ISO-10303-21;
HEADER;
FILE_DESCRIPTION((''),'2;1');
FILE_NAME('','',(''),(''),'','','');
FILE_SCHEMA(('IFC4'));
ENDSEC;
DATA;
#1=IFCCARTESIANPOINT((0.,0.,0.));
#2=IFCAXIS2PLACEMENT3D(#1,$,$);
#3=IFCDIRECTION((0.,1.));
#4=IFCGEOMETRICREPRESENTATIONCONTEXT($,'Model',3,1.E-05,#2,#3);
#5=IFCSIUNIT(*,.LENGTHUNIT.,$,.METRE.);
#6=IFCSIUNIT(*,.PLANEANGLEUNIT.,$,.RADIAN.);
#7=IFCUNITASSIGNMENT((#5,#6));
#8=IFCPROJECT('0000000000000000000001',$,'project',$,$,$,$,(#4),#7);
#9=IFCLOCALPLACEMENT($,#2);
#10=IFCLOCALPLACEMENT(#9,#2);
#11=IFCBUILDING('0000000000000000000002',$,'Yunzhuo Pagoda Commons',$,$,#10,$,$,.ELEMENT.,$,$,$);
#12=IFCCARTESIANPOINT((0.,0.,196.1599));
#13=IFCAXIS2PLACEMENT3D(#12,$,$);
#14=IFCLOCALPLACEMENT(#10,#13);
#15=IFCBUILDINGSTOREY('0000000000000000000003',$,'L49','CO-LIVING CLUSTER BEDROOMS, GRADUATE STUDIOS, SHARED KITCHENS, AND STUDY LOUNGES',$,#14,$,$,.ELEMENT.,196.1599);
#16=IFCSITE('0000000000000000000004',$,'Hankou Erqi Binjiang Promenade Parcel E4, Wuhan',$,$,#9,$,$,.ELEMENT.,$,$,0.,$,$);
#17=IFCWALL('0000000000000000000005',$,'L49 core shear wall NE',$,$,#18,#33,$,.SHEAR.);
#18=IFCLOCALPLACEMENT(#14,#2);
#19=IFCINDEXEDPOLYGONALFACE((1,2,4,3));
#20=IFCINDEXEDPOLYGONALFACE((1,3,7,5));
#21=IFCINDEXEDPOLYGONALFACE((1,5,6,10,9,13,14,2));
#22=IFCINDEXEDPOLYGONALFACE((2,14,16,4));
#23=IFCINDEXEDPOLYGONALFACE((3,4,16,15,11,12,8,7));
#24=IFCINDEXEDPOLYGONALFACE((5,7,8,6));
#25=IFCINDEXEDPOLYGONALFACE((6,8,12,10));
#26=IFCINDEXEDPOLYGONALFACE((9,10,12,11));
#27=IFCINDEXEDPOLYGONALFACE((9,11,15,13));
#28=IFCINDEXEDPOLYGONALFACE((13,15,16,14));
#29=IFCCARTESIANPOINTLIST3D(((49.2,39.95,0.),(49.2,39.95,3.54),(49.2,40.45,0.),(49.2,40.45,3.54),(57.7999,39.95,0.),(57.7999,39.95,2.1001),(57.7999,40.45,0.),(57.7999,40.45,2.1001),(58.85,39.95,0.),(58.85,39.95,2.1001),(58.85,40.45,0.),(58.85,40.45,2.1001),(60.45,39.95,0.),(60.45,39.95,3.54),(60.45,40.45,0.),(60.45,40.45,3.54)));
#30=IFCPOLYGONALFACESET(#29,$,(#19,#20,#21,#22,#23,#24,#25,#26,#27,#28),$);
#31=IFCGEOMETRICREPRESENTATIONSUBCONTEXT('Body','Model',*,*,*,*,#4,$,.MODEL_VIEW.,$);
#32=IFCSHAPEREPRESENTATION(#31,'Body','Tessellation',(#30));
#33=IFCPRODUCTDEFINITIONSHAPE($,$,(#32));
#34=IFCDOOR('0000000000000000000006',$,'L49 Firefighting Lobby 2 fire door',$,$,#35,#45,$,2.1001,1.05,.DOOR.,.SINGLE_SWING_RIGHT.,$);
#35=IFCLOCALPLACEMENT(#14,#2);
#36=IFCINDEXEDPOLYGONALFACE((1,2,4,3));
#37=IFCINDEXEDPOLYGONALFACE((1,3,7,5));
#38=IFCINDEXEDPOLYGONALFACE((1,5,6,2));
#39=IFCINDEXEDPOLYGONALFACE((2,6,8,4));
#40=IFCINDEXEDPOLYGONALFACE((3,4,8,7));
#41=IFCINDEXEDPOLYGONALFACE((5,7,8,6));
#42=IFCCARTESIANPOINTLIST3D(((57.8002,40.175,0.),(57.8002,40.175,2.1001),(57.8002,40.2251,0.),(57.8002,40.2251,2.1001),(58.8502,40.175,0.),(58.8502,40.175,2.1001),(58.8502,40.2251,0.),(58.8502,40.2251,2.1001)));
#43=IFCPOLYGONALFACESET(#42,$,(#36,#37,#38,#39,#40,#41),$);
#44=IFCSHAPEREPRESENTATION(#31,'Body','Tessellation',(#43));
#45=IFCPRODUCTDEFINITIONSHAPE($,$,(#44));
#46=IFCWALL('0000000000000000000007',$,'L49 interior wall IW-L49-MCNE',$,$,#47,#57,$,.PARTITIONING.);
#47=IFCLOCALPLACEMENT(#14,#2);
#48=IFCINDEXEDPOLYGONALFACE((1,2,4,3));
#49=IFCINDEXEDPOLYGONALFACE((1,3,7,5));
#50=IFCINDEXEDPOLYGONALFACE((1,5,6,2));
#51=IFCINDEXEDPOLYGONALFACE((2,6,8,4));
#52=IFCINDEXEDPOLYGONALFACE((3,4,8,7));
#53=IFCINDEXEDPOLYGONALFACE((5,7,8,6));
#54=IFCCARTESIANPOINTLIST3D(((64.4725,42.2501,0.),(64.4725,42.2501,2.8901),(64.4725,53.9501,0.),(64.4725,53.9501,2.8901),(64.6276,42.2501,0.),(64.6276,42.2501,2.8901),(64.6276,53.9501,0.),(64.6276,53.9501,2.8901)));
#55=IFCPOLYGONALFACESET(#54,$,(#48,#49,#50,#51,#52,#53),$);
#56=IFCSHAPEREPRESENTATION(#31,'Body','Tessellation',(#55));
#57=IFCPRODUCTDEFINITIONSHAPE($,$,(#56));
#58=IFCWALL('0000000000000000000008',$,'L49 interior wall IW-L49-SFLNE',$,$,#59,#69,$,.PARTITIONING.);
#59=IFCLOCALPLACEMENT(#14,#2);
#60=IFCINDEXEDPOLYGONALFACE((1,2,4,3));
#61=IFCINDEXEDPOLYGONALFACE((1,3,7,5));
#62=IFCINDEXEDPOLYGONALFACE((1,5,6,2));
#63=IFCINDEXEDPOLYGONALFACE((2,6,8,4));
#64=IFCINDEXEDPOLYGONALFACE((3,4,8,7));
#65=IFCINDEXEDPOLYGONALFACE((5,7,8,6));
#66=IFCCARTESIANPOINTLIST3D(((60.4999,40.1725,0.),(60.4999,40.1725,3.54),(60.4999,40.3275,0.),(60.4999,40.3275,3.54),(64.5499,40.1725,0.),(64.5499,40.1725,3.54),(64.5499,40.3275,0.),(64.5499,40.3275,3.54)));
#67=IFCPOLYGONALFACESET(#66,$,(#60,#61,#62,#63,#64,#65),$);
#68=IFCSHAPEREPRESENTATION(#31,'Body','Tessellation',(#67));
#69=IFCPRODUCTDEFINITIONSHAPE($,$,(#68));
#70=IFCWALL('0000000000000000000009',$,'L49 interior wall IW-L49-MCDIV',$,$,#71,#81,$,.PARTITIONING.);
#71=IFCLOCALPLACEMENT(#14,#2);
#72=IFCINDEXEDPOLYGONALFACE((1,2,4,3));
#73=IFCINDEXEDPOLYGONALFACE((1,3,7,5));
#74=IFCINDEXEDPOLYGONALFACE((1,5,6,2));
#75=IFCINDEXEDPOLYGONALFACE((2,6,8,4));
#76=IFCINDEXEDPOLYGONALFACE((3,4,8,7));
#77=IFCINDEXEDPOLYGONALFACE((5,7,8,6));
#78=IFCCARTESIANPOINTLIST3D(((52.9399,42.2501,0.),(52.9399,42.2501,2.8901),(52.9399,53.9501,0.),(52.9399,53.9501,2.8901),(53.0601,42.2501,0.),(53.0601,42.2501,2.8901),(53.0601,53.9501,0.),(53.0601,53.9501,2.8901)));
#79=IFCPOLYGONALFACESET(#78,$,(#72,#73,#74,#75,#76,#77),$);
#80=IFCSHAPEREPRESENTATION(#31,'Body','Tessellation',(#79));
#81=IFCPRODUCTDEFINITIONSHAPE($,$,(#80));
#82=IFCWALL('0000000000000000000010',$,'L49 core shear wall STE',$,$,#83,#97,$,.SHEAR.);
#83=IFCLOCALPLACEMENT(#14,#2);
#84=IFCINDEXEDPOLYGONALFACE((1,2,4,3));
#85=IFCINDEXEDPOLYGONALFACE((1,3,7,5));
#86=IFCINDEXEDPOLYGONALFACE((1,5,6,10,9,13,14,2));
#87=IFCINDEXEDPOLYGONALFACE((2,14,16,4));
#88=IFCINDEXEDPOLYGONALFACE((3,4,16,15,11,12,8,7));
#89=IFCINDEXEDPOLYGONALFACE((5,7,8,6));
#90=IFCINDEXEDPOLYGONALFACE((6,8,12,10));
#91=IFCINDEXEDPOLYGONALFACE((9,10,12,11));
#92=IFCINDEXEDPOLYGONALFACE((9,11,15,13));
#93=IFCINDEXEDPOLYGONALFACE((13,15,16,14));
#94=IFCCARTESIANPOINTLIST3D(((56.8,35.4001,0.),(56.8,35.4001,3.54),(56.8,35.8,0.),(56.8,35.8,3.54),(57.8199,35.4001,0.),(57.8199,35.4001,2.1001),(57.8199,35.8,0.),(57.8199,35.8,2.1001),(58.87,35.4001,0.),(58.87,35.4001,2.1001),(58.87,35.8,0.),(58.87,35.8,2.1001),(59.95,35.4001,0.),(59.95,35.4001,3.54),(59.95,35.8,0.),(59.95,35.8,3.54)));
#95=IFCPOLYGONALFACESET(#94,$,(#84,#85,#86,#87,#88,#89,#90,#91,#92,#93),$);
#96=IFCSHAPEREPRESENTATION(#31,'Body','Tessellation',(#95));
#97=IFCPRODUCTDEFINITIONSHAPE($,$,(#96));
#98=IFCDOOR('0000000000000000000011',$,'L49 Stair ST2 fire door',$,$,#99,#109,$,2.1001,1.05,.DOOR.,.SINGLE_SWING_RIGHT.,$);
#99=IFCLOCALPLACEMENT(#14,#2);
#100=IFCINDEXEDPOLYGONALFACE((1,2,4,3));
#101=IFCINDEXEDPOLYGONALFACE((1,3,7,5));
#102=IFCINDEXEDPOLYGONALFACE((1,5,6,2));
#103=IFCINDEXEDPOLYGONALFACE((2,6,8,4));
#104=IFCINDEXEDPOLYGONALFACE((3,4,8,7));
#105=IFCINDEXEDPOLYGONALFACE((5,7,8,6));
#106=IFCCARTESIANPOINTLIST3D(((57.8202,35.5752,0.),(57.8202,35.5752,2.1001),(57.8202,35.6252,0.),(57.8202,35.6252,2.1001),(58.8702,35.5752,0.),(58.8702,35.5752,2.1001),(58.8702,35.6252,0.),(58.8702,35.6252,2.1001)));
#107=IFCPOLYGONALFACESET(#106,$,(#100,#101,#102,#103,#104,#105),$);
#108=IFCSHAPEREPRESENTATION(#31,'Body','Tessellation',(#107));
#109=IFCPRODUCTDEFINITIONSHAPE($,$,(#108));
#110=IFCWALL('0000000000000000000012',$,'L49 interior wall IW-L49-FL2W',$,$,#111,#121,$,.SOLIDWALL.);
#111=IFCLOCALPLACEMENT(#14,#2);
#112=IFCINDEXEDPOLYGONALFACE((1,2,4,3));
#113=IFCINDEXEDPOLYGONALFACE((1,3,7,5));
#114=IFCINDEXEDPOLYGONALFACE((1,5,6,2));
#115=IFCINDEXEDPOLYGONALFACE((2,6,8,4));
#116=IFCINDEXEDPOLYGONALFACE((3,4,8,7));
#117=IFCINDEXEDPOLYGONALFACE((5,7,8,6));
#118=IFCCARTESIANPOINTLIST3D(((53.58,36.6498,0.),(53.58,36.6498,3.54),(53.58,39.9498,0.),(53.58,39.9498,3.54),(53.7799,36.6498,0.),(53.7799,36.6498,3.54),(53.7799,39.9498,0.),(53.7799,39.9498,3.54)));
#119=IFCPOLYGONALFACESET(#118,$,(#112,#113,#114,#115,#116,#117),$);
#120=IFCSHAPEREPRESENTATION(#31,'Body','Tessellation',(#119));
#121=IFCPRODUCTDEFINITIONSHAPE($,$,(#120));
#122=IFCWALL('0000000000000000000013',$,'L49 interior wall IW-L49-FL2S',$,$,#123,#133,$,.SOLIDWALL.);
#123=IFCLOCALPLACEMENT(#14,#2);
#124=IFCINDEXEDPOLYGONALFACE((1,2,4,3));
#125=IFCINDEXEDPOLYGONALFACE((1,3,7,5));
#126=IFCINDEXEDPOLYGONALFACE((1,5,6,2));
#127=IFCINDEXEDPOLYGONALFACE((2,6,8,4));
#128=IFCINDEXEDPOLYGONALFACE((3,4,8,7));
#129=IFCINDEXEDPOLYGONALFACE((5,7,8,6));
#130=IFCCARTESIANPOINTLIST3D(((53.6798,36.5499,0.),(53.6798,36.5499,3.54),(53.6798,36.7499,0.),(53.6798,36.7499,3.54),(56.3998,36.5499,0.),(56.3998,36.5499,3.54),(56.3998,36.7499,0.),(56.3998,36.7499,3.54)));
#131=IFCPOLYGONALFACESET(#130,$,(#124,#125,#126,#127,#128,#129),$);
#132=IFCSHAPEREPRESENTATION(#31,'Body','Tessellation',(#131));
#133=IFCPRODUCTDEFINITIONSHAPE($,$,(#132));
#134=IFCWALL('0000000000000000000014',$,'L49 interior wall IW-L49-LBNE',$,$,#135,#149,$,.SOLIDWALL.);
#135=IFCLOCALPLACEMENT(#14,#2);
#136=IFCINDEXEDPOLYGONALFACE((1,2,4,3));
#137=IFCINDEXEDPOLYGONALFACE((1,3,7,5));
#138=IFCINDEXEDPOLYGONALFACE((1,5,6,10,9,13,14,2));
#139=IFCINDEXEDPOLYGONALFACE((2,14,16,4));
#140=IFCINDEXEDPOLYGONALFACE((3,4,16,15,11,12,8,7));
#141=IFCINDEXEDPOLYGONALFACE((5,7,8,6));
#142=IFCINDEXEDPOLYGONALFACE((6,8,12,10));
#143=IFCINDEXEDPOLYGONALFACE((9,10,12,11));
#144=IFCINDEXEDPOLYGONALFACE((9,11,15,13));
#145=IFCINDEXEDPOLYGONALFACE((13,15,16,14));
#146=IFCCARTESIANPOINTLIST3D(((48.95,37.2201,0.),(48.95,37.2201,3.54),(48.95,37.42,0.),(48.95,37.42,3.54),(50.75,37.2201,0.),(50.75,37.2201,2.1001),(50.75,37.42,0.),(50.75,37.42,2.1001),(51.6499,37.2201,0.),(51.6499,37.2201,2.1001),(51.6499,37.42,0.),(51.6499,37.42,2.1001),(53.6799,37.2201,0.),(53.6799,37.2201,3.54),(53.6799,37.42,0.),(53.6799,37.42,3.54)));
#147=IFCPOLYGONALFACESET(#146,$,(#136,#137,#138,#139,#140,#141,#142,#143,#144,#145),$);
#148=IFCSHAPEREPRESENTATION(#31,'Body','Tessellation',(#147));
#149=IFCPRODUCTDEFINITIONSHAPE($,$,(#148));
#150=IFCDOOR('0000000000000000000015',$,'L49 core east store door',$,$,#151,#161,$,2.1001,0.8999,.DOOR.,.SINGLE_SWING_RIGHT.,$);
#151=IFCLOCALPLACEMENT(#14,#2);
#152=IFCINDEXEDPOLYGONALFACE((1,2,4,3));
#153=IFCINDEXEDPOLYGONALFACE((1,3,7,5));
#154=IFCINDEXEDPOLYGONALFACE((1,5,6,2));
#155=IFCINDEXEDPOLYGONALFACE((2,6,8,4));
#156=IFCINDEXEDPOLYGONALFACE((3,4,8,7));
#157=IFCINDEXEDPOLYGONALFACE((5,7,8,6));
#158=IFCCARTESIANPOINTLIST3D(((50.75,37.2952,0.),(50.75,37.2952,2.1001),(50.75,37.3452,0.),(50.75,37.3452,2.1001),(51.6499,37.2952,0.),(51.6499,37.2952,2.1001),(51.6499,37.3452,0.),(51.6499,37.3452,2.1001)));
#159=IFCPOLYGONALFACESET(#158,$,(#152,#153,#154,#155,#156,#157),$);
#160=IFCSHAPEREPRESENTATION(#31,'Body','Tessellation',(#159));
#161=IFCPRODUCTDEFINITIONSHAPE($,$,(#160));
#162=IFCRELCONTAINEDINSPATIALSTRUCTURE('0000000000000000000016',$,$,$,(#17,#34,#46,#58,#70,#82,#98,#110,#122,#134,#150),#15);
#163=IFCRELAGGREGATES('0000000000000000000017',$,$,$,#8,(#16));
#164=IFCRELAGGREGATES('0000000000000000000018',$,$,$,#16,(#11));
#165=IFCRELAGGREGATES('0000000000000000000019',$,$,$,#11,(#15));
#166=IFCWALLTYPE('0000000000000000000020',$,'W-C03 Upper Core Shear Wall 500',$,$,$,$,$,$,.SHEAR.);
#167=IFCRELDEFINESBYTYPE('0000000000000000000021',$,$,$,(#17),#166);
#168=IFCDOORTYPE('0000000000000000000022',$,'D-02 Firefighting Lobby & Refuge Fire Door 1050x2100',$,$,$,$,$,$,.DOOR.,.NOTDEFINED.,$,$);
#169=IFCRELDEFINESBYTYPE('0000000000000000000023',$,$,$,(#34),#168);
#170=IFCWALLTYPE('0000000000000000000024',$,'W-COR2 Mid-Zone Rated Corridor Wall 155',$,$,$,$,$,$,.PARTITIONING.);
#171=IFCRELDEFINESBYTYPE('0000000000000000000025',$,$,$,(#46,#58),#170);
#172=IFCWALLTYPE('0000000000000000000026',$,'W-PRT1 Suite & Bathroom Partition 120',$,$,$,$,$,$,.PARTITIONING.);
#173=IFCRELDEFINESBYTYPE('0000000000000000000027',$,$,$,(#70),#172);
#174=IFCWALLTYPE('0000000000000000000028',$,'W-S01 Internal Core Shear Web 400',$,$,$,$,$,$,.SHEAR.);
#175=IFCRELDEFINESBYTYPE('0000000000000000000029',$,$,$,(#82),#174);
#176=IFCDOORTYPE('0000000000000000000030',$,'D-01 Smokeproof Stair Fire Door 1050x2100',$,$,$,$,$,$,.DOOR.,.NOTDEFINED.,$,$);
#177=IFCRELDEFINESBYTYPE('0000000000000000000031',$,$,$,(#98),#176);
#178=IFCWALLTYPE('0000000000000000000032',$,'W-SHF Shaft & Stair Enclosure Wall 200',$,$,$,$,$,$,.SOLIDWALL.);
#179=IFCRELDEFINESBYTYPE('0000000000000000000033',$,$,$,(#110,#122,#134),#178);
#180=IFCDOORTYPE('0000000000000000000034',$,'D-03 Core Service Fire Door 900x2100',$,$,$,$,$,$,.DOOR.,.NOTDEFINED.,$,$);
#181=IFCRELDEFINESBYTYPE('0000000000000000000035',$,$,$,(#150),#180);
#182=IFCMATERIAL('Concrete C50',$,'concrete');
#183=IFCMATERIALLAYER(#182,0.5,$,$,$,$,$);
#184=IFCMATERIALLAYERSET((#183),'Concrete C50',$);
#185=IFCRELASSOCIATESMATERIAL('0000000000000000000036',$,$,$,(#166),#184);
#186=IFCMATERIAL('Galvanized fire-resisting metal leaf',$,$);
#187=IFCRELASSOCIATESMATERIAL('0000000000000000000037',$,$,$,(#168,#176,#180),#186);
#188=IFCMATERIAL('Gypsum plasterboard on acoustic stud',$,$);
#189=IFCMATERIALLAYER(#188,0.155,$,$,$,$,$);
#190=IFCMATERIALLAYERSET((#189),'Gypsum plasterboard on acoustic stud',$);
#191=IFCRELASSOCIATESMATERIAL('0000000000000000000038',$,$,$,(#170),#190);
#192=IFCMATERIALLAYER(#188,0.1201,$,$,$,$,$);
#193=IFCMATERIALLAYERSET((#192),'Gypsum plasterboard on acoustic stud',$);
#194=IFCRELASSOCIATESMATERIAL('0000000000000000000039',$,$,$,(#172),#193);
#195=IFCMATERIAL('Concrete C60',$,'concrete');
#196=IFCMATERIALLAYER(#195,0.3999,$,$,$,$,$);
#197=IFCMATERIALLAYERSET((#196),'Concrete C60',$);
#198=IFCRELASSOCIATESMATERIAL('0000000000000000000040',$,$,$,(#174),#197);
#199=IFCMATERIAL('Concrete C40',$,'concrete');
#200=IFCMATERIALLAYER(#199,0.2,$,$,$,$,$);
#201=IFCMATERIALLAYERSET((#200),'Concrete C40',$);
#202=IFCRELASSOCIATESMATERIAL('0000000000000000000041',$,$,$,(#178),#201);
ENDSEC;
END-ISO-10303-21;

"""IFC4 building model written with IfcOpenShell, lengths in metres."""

from ifc_helpers import new_model, si_unit, direction, frame, frame_2d, origin, place, context, subcontext, project, spatial, rectangle, extrude, source, transform, mapped, material, layer, layer_set, type_object, element, fill, save


model = new_model("IFC4")

# Units and contexts
model_context = context("Model", 3, precision=1e-05, world=origin(), true_north=direction((0.0, 1.0)))
body_context = subcontext(model_context, "Body", "Model", "MODEL_VIEW")
ifc_project = project(units=[si_unit("LENGTHUNIT", "METRE"), si_unit("PLANEANGLEUNIT", "RADIAN")], contexts=[model_context])

# Site, building, storey
site_placement = place(None, origin())
site = spatial("IfcSite", under=ifc_project, at=site_placement, Name="Hankou Erqi Binjiang Promenade Parcel E4, Wuhan", CompositionType="ELEMENT", RefElevation=0.0)
building_placement = place(site_placement, origin())
building = spatial("IfcBuilding", under=site, at=building_placement, Name="Yunzhuo Pagoda Commons", CompositionType="ELEMENT")
storey_placement = place(building_placement, frame((0.0, 0.0, 196.1599)))
storey = spatial("IfcBuildingStorey", under=building, at=storey_placement, Name="L49", Description="CO-LIVING CLUSTER BEDROOMS, GRADUATE STUDIOS, SHARED KITCHENS, AND STUDY LOUNGES", CompositionType="ELEMENT", Elevation=196.1599)

# Wall, opening, door
ifc_material_1 = material(Name="Concrete C50", Category="concrete")
ifc_layer_1 = layer(ifc_material_1, 0.5)
ifc_layer_set_1 = layer_set([ifc_layer_1], Name="Concrete C50")
wall_type_1 = type_object("IfcWallType", Name="W-C03 Upper Core Shear Wall 500", PredefinedType="SHEAR", material=ifc_layer_set_1)
wall_1_placement = place(storey_placement, frame((49.2, 40.2, 0.0), z_axis=(0.0, 0.0, 1.0), x_axis=(1.0, 0.0, 0.0)))
wall_1 = element("IfcWall", 1, at=wall_1_placement, inside=storey, type_object=wall_type_1, Name="L49 core shear wall NE", PredefinedType="SHEAR", context=body_context, shape_type="SweptSolid", body=[
    extrude(rectangle(XDim=11.25, YDim=0.5, at=frame_2d((5.625, 0.0))), origin(), (0.0, 0.0, 1.0), 3.54),
])
opening_1_placement = place(wall_1_placement, frame((8.6001, 0.0, 0.0)))
opening_1 = element("IfcOpeningElement", 2, at=opening_1_placement, cuts=wall_1, PredefinedType="OPENING", context=body_context, shape_type="SweptSolid", body=[
    extrude(rectangle(XDim=1.05, YDim=2.1001, at=frame_2d((0.5249, 1.05))), frame((0.0, 0.26, 0.0), z_axis=(0.0, -1.0, 0.0), x_axis=(1.0, 0.0, 0.0)), (0.0, 0.0, 1.0), 0.52),
])
ifc_material_2 = material(Name="Galvanized fire-resisting metal leaf")
door_type_1 = type_object("IfcDoorType", Name="D-02 Firefighting Lobby & Refuge Fire Door 1050x2100", OperationType="NOTDEFINED", PredefinedType="DOOR", material=ifc_material_2)
shared_shape_1 = source(origin(), body_context, "Body", "SweptSolid", [
    extrude(rectangle(XDim=1.05, YDim=2.1001, at=frame_2d((0.5249, 1.05))), frame((0.0, 0.0249, 0.0), z_axis=(0.0, -1.0, 0.0), x_axis=(1.0, 0.0, 0.0)), (0.0, 0.0, 1.0), 0.05),
])
door_1_placement = place(opening_1_placement, frame((1.05, 0.0, 0.0), z_axis=(0.0, 0.0, 1.0), x_axis=(-1.0, 0.0, 0.0)))
door_1 = element("IfcDoor", 3, at=door_1_placement, inside=storey, type_object=door_type_1, Name="L49 Firefighting Lobby 2 fire door", OperationType="SINGLE_SWING_RIGHT", OverallHeight=2.1001, OverallWidth=1.05, PredefinedType="DOOR", context=body_context, shape_type="MappedRepresentation", body=[
    mapped(shared_shape_1, transform((0.0, 0.0, 0.0), scale=1.0)),
])
fill(opening_1, door_1)

# Walls
ifc_material_3 = material(Name="Gypsum plasterboard on acoustic stud")
ifc_layer_2 = layer(ifc_material_3, 0.155)
ifc_layer_set_2 = layer_set([ifc_layer_2], Name="Gypsum plasterboard on acoustic stud")
wall_type_2 = type_object("IfcWallType", Name="W-COR2 Mid-Zone Rated Corridor Wall 155", PredefinedType="PARTITIONING", material=ifc_layer_set_2)
wall_2_placement = place(storey_placement, frame((64.55, 42.25, 0.0), z_axis=(0.0, 0.0, 1.0), x_axis=(0.0, 1.0, 0.0)))
element("IfcWall", 4, at=wall_2_placement, inside=storey, type_object=wall_type_2, Name="L49 interior wall IW-L49-MCNE", PredefinedType="PARTITIONING", context=body_context, shape_type="SweptSolid", body=[
    extrude(rectangle(XDim=11.7, YDim=0.155, at=frame_2d((5.8501, 0.0))), origin(), (0.0, 0.0, 1.0), 2.8901),
])
wall_3_placement = place(storey_placement, frame((60.5, 40.25, 0.0), z_axis=(0.0, 0.0, 1.0), x_axis=(1.0, 0.0, 0.0)))
element("IfcWall", 5, at=wall_3_placement, inside=storey, type_object=wall_type_2, Name="L49 interior wall IW-L49-SFLNE", PredefinedType="PARTITIONING", context=body_context, shape_type="SweptSolid", body=[
    extrude(rectangle(XDim=4.05, YDim=0.155, at=frame_2d((2.0249, 0.0))), origin(), (0.0, 0.0, 1.0), 3.54),
])
ifc_layer_3 = layer(ifc_material_3, 0.1201)
ifc_layer_set_3 = layer_set([ifc_layer_3], Name="Gypsum plasterboard on acoustic stud")
wall_type_3 = type_object("IfcWallType", Name="W-PRT1 Suite & Bathroom Partition 120", PredefinedType="PARTITIONING", material=ifc_layer_set_3)
wall_4_placement = place(storey_placement, frame((53.0, 42.25, 0.0), z_axis=(0.0, 0.0, 1.0), x_axis=(0.0, 1.0, 0.0)))
element("IfcWall", 6, at=wall_4_placement, inside=storey, type_object=wall_type_3, Name="L49 interior wall IW-L49-MCDIV", PredefinedType="PARTITIONING", context=body_context, shape_type="SweptSolid", body=[
    extrude(rectangle(XDim=11.7, YDim=0.1201, at=frame_2d((5.8501, 0.0))), origin(), (0.0, 0.0, 1.0), 2.8901),
])

# Wall, opening, door
ifc_material_4 = material(Name="Concrete C60", Category="concrete")
ifc_layer_4 = layer(ifc_material_4, 0.3999)
ifc_layer_set_4 = layer_set([ifc_layer_4], Name="Concrete C60")
wall_type_4 = type_object("IfcWallType", Name="W-S01 Internal Core Shear Web 400", PredefinedType="SHEAR", material=ifc_layer_set_4)
wall_5_placement = place(storey_placement, frame((56.8, 35.6001, 0.0), z_axis=(0.0, 0.0, 1.0), x_axis=(1.0, 0.0, 0.0)))
wall_5 = element("IfcWall", 7, at=wall_5_placement, inside=storey, type_object=wall_type_4, Name="L49 core shear wall STE", PredefinedType="SHEAR", context=body_context, shape_type="SweptSolid", body=[
    extrude(rectangle(XDim=3.1499, YDim=0.3999, at=frame_2d((1.575, 0.0))), origin(), (0.0, 0.0, 1.0), 3.54),
])
opening_2_placement = place(wall_5_placement, frame((1.02, 0.0, 0.0)))
opening_2 = element("IfcOpeningElement", 8, at=opening_2_placement, cuts=wall_5, PredefinedType="OPENING", context=body_context, shape_type="SweptSolid", body=[
    extrude(rectangle(XDim=1.05, YDim=2.1001, at=frame_2d((0.5249, 1.05))), frame((0.0, 0.21, 0.0), z_axis=(0.0, -1.0, 0.0), x_axis=(1.0, 0.0, 0.0)), (0.0, 0.0, 1.0), 0.4199),
])
door_type_2 = type_object("IfcDoorType", Name="D-01 Smokeproof Stair Fire Door 1050x2100", OperationType="NOTDEFINED", PredefinedType="DOOR", material=ifc_material_2)
door_2_placement = place(opening_2_placement, frame((1.05, 0.0, 0.0), z_axis=(0.0, 0.0, 1.0), x_axis=(-1.0, 0.0, 0.0)))
door_2 = element("IfcDoor", 9, at=door_2_placement, inside=storey, type_object=door_type_2, Name="L49 Stair ST2 fire door", OperationType="SINGLE_SWING_RIGHT", OverallHeight=2.1001, OverallWidth=1.05, PredefinedType="DOOR", context=body_context, shape_type="MappedRepresentation", body=[
    mapped(shared_shape_1, transform((0.0, 0.0, 0.0), scale=1.0)),
])
fill(opening_2, door_2)

# Walls
ifc_material_5 = material(Name="Concrete C40", Category="concrete")
ifc_layer_5 = layer(ifc_material_5, 0.2)
ifc_layer_set_5 = layer_set([ifc_layer_5], Name="Concrete C40")
wall_type_5 = type_object("IfcWallType", Name="W-SHF Shaft & Stair Enclosure Wall 200", PredefinedType="SOLIDWALL", material=ifc_layer_set_5)
wall_6_placement = place(storey_placement, frame((53.6799, 36.6499, 0.0), z_axis=(0.0, 0.0, 1.0), x_axis=(0.0, 1.0, 0.0)))
element("IfcWall", 10, at=wall_6_placement, inside=storey, type_object=wall_type_5, Name="L49 interior wall IW-L49-FL2W", PredefinedType="SOLIDWALL", context=body_context, shape_type="SweptSolid", body=[
    extrude(rectangle(XDim=3.3, YDim=0.2, at=frame_2d((1.6499, 0.0))), origin(), (0.0, 0.0, 1.0), 3.54),
])
wall_7_placement = place(storey_placement, frame((53.6799, 36.6499, 0.0), z_axis=(0.0, 0.0, 1.0), x_axis=(1.0, 0.0, 0.0)))
element("IfcWall", 11, at=wall_7_placement, inside=storey, type_object=wall_type_5, Name="L49 interior wall IW-L49-FL2S", PredefinedType="SOLIDWALL", context=body_context, shape_type="SweptSolid", body=[
    extrude(rectangle(XDim=2.72, YDim=0.2, at=frame_2d((1.3599, 0.0))), origin(), (0.0, 0.0, 1.0), 3.54),
])

# Wall, opening, door
wall_8_placement = place(storey_placement, frame((48.95, 37.3201, 0.0), z_axis=(0.0, 0.0, 1.0), x_axis=(1.0, 0.0, 0.0)))
wall_8 = element("IfcWall", 12, at=wall_8_placement, inside=storey, type_object=wall_type_5, Name="L49 interior wall IW-L49-LBNE", PredefinedType="SOLIDWALL", context=body_context, shape_type="SweptSolid", body=[
    extrude(rectangle(XDim=4.73, YDim=0.2, at=frame_2d((2.365, 0.0))), origin(), (0.0, 0.0, 1.0), 3.54),
])
opening_3_placement = place(wall_8_placement, frame((1.8, 0.0, 0.0)))
opening_3 = element("IfcOpeningElement", 13, at=opening_3_placement, cuts=wall_8, PredefinedType="OPENING", context=body_context, shape_type="SweptSolid", body=[
    extrude(rectangle(XDim=0.8999, YDim=2.1001, at=frame_2d((0.45, 1.05))), frame((0.0, 0.1099, 0.0), z_axis=(0.0, -1.0, 0.0), x_axis=(1.0, 0.0, 0.0)), (0.0, 0.0, 1.0), 0.22),
])
door_type_3 = type_object("IfcDoorType", Name="D-03 Core Service Fire Door 900x2100", OperationType="NOTDEFINED", PredefinedType="DOOR", material=ifc_material_2)
shared_shape_2 = source(origin(), body_context, "Body", "SweptSolid", [
    extrude(rectangle(XDim=0.8999, YDim=2.1001, at=frame_2d((0.45, 1.05))), frame((0.0, 0.0249, 0.0), z_axis=(0.0, -1.0, 0.0), x_axis=(1.0, 0.0, 0.0)), (0.0, 0.0, 1.0), 0.05),
])
door_3_placement = place(opening_3_placement, frame((0.8999, 0.0, 0.0), z_axis=(0.0, 0.0, 1.0), x_axis=(-1.0, 0.0, 0.0)))
door_3 = element("IfcDoor", 14, at=door_3_placement, inside=storey, type_object=door_type_3, Name="L49 core east store door", OperationType="SINGLE_SWING_RIGHT", OverallHeight=2.1001, OverallWidth=0.8999, PredefinedType="DOOR", context=body_context, shape_type="MappedRepresentation", body=[
    mapped(shared_shape_2, transform((0.0, 0.0, 0.0), scale=1.0)),
])
fill(opening_3, door_3)

save(model, "model.ifc")
